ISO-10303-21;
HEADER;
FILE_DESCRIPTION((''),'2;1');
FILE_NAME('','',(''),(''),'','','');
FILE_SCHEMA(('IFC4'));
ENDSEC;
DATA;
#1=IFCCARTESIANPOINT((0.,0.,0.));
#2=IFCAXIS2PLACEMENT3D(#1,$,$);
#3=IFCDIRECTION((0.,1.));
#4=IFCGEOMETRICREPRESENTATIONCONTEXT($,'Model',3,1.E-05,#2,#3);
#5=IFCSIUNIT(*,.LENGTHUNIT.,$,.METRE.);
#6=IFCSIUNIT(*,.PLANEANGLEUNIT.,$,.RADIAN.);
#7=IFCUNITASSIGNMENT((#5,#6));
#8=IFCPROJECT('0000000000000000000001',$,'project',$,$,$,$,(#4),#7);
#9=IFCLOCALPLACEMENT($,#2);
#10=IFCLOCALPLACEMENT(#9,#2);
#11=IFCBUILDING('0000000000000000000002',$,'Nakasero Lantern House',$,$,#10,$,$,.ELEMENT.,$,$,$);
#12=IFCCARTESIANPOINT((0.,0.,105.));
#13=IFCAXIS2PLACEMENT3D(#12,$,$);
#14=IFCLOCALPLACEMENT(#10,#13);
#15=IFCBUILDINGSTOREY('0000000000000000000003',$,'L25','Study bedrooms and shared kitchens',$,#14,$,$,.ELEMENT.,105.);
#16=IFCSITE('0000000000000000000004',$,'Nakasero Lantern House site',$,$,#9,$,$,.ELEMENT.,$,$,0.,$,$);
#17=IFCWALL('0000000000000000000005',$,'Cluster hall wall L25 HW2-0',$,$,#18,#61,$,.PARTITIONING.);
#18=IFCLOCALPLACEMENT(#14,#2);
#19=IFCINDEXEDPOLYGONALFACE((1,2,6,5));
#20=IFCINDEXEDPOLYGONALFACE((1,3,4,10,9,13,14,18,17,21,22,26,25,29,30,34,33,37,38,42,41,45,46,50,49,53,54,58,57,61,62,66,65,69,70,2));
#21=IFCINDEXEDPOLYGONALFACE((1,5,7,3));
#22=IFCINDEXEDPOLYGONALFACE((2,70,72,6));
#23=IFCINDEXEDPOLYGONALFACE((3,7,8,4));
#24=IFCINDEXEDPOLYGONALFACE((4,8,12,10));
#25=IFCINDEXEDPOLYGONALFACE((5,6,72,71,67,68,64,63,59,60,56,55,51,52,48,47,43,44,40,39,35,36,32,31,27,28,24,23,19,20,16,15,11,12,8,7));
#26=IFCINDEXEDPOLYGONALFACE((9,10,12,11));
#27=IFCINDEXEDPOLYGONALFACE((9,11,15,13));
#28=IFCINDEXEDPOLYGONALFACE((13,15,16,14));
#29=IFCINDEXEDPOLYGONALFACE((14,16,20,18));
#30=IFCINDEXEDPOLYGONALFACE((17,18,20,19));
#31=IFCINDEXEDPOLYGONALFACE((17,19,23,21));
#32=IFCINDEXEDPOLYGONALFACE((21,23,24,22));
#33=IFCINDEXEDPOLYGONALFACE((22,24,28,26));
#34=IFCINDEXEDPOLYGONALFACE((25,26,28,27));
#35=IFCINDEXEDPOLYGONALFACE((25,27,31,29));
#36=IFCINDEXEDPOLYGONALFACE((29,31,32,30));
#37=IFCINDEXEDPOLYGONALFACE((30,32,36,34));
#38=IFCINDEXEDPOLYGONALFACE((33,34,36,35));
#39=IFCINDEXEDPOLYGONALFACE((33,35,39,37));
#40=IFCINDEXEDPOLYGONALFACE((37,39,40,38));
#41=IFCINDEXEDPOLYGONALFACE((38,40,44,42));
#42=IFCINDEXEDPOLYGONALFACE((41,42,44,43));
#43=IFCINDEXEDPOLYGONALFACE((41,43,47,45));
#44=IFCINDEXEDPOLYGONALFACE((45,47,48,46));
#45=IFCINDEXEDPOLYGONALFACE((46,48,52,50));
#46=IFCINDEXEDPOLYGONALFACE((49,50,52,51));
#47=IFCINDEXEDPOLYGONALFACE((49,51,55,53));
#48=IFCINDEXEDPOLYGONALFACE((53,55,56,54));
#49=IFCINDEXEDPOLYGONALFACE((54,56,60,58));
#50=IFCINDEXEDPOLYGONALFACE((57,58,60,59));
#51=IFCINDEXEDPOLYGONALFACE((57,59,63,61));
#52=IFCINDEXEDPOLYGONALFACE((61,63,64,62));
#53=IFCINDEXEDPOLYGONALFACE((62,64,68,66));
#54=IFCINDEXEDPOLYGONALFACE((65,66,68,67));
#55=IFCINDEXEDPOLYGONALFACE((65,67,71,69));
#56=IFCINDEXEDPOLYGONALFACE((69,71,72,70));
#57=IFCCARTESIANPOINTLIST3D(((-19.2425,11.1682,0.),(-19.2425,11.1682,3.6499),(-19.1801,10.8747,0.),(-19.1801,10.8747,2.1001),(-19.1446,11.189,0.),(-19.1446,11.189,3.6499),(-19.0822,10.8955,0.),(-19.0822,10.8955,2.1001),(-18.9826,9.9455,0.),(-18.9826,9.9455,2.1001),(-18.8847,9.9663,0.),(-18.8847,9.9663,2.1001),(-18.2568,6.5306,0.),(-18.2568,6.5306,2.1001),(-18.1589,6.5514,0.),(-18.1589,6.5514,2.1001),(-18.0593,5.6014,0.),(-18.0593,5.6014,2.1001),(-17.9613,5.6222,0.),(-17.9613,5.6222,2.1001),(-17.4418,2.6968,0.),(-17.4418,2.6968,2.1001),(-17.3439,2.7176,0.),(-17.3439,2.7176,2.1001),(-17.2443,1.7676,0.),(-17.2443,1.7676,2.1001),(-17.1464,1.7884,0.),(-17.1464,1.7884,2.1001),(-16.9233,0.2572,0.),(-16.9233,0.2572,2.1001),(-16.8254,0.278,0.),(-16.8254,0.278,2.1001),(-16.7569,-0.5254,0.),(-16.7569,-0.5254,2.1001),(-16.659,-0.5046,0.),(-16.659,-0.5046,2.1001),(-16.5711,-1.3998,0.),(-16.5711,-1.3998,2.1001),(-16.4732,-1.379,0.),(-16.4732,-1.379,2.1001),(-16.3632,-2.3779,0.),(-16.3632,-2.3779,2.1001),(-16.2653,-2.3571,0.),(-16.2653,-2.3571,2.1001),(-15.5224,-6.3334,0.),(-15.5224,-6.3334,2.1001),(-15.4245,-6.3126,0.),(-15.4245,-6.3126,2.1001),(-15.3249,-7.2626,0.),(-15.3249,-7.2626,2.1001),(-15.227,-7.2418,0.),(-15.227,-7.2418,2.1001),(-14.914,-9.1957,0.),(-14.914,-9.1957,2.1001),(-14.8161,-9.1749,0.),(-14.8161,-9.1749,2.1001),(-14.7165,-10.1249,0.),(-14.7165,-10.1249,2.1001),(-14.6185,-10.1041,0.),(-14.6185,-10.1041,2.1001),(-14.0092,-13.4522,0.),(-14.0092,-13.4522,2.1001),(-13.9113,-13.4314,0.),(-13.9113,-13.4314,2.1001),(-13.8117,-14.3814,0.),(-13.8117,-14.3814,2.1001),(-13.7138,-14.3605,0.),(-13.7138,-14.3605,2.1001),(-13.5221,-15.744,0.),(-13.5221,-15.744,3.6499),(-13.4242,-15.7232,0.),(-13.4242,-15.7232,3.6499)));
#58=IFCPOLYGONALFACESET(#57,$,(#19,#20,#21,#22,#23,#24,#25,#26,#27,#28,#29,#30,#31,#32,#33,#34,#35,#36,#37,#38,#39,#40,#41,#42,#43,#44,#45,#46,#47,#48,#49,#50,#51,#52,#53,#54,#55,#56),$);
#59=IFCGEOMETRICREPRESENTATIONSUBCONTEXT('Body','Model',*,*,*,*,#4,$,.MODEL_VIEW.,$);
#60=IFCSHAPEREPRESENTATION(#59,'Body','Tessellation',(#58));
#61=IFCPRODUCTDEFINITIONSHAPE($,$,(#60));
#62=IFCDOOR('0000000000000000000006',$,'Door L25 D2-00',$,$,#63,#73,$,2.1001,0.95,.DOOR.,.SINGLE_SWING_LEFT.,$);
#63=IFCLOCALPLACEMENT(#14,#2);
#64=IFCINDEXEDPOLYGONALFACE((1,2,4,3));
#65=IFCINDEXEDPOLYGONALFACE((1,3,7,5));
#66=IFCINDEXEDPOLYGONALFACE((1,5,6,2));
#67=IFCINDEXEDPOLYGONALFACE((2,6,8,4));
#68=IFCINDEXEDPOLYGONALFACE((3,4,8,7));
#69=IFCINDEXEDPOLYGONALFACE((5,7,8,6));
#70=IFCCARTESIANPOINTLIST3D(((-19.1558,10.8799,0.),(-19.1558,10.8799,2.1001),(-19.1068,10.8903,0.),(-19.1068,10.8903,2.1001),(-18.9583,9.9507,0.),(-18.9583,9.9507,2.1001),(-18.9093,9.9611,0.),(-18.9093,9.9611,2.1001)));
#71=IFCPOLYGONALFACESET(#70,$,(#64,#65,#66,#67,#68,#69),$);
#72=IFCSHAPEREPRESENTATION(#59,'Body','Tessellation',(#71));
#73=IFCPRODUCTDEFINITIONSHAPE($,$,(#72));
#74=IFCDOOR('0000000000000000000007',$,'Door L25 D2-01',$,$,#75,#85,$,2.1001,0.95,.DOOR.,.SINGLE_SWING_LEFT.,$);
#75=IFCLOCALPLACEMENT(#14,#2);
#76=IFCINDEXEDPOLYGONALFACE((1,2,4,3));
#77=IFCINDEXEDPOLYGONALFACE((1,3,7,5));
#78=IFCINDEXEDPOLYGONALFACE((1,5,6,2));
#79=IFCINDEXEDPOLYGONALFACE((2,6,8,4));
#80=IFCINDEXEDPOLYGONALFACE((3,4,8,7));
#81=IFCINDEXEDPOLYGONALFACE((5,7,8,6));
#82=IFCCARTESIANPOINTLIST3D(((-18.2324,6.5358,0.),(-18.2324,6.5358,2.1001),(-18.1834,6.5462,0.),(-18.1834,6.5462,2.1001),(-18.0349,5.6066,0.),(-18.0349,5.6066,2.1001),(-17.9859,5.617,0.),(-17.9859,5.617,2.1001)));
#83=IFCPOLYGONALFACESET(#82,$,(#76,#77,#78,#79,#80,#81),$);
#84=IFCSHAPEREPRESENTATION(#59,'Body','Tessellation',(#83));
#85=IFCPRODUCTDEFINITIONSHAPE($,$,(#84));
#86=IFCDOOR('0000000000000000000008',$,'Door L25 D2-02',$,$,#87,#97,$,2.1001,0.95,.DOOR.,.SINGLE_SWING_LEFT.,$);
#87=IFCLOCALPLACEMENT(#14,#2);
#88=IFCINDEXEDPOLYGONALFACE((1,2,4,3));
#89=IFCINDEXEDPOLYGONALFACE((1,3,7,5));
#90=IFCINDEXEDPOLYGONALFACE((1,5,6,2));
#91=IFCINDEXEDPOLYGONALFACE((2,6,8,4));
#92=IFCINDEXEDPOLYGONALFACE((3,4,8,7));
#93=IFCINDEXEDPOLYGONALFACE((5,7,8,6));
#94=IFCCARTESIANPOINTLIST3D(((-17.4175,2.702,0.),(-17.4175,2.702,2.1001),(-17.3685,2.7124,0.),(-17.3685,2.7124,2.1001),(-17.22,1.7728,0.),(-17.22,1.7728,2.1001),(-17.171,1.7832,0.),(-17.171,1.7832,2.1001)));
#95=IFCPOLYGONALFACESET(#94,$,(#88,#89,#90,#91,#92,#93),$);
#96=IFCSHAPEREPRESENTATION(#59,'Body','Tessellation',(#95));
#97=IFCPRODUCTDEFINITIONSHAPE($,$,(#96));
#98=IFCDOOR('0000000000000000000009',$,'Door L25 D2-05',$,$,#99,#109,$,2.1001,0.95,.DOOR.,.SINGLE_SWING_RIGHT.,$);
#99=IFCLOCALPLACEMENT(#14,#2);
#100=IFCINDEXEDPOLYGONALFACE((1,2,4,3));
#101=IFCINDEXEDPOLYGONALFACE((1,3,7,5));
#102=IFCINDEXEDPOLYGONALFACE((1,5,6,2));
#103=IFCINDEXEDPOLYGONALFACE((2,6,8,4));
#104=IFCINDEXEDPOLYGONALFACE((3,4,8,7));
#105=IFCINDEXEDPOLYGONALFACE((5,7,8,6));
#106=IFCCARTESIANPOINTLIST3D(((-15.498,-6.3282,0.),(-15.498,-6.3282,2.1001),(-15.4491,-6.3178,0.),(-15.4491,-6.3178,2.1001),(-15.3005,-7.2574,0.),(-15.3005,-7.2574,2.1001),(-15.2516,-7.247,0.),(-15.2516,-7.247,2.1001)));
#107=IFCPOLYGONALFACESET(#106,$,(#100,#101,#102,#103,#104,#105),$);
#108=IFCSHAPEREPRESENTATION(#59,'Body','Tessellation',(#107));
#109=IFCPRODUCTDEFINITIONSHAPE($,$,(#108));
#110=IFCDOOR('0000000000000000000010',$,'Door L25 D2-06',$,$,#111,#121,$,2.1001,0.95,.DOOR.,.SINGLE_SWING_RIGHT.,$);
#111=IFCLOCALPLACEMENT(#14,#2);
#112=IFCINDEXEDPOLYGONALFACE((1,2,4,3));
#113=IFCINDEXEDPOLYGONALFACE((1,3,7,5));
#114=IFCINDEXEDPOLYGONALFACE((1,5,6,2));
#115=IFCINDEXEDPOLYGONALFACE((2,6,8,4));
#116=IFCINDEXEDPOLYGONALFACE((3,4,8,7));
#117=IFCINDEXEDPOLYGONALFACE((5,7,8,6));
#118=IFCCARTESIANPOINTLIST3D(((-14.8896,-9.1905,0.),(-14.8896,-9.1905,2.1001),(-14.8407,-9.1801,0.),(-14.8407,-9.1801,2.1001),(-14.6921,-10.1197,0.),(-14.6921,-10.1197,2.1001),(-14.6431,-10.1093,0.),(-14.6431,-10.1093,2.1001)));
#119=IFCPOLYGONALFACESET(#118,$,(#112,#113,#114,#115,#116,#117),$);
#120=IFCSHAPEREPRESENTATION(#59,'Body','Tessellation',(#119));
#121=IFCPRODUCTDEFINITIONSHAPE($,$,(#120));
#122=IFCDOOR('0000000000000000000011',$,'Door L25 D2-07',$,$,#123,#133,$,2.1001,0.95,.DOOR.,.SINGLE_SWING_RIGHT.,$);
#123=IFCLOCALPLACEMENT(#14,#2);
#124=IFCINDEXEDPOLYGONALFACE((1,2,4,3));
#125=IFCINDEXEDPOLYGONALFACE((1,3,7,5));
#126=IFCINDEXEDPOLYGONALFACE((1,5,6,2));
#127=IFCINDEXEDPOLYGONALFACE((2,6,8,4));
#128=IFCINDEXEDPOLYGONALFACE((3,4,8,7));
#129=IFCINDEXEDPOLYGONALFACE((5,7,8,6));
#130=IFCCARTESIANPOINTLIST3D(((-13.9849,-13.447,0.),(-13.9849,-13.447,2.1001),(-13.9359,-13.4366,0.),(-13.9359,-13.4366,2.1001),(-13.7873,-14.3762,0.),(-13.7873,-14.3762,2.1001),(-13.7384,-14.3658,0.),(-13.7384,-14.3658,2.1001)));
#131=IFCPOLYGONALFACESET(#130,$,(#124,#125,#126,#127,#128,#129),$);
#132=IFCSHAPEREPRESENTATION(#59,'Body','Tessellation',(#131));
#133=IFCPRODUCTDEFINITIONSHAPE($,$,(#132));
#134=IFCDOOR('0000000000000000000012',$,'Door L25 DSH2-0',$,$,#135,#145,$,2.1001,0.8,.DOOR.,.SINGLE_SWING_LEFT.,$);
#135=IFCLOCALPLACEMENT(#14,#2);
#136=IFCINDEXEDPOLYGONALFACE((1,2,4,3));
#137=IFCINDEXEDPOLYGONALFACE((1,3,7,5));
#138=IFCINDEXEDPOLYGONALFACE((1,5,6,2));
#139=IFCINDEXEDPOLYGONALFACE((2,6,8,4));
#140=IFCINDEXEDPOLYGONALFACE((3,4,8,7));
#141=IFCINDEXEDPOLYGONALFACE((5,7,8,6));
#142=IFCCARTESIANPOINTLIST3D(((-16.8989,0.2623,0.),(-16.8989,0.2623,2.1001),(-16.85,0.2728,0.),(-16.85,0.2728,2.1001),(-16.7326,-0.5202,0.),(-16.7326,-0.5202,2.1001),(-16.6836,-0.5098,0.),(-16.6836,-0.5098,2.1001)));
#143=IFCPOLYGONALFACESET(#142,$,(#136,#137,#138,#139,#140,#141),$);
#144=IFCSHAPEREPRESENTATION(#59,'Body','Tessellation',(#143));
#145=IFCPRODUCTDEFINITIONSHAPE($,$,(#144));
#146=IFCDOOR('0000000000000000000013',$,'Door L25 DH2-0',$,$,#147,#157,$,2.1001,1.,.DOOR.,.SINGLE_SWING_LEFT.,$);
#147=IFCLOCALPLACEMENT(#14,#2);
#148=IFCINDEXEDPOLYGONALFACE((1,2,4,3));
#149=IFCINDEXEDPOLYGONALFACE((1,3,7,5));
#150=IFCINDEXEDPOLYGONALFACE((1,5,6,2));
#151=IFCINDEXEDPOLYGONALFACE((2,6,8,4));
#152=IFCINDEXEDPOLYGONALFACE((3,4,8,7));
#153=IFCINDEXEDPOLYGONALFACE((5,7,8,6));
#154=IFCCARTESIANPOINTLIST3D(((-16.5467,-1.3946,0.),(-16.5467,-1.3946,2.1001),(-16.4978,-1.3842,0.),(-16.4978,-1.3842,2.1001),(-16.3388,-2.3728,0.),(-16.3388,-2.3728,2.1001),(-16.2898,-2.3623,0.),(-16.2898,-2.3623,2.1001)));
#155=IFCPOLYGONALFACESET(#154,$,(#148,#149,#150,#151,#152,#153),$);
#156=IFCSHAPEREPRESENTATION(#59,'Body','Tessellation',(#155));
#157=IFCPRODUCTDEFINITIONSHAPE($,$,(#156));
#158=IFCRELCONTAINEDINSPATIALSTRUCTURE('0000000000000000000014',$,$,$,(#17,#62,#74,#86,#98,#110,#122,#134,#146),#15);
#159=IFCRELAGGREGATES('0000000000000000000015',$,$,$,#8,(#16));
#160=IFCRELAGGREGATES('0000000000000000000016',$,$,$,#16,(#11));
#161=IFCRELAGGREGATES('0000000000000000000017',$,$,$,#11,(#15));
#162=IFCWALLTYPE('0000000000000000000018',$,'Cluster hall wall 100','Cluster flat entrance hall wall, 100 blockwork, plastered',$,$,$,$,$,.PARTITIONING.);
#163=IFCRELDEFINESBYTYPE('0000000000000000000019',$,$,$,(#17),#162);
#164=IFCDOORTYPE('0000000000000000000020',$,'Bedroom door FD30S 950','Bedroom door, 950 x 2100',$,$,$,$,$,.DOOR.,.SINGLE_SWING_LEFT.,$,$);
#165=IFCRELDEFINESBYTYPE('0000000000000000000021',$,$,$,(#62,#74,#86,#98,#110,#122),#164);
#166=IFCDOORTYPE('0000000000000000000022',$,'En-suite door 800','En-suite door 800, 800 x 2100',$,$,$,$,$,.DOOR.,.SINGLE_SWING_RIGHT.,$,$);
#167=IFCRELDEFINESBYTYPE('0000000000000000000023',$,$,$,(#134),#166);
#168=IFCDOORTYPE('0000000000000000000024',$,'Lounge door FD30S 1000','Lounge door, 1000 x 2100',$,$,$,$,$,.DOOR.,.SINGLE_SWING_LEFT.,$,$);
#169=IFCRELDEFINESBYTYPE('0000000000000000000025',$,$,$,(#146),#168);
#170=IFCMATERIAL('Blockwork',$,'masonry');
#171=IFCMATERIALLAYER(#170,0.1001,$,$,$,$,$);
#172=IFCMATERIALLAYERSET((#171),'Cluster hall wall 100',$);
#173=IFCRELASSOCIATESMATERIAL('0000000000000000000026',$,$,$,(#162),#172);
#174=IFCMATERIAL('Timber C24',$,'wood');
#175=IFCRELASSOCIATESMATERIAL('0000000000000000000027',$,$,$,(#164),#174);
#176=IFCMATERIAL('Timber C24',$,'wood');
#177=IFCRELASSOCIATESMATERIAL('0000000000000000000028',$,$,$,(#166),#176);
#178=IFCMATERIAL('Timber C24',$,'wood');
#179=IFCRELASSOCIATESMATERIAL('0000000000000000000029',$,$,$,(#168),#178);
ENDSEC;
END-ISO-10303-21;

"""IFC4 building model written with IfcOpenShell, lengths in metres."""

from ifc_helpers import new_model, si_unit, direction, frame, frame_2d, origin, place, context, subcontext, project, spatial, rectangle, extrude, material, layer, layer_set, type_object, element, fill, save


model = new_model("IFC4")

# Units and contexts
model_context = context("Model", 3, precision=1e-05, world=origin(), true_north=direction((0.0, 1.0)))
body_context = subcontext(model_context, "Body", "Model", "MODEL_VIEW")
ifc_project = project(units=[si_unit("LENGTHUNIT", "METRE"), si_unit("PLANEANGLEUNIT", "RADIAN")], contexts=[model_context])

# Site, building, storey
site_placement = place(None, origin())
site = spatial("IfcSite", under=ifc_project, at=site_placement, Name="Nakasero Lantern House site", CompositionType="ELEMENT", RefElevation=0.0)
building_placement = place(site_placement, origin())
building = spatial("IfcBuilding", under=site, at=building_placement, Name="Nakasero Lantern House", CompositionType="ELEMENT")
storey_placement = place(building_placement, frame((0.0, 0.0, 105.0)))
storey = spatial("IfcBuildingStorey", under=building, at=storey_placement, Name="L25", Description="Study bedrooms and shared kitchens", CompositionType="ELEMENT", Elevation=105.0)

# Wall, openings, doors
ifc_material_1 = material(Name="Blockwork", Category="masonry")
ifc_layer_1 = layer(ifc_material_1, 0.1001)
ifc_layer_set_1 = layer_set([ifc_layer_1], Name="Cluster hall wall 100")
wall_type_1 = type_object("IfcWallType", Name="Cluster hall wall 100", Description="Cluster flat entrance hall wall, 100 blockwork, plastered", PredefinedType="PARTITIONING", material=ifc_layer_set_1)
wall_1_placement = place(storey_placement, frame((-19.1936, 11.1787, 0.0), z_axis=(0.0, 0.0, 1.0), x_axis=(0.207916, -0.978147, 0.0)))
wall_1 = element("IfcWall", 1, at=wall_1_placement, inside=storey, type_object=wall_type_1, Name="Cluster hall wall L25 HW2-0", PredefinedType="PARTITIONING", context=body_context, shape_type="SweptSolid", body=[
    extrude(rectangle(XDim=27.5134, YDim=0.1001, at=frame_2d((13.7568, 0.0))), origin(), (0.0, 0.0, 1.0), 3.6499),
])
opening_1_placement = place(wall_1_placement, frame((12.8489, 0.0, 0.0)))
opening_1 = element("IfcOpeningElement", 2, at=opening_1_placement, cuts=wall_1, PredefinedType="OPENING", context=body_context, shape_type="SweptSolid", body=[
    extrude(rectangle(XDim=1.0, YDim=2.1001, at=frame_2d((0.5, 1.05))), frame((0.0, 0.0701, 0.0), z_axis=(0.0, -1.0, 0.0), x_axis=(1.0, 0.0, 0.0)), (0.0, 0.0, 1.0), 0.1401),
])
opening_2_placement = place(wall_1_placement, frame((11.155, 0.0, 0.0)))
opening_2 = element("IfcOpeningElement", 3, at=opening_2_placement, cuts=wall_1, PredefinedType="OPENING", context=body_context, shape_type="SweptSolid", body=[
    extrude(rectangle(XDim=0.8, YDim=2.1001, at=frame_2d((0.3999, 1.05))), frame((0.0, 0.0701, 0.0), z_axis=(0.0, -1.0, 0.0), x_axis=(1.0, 0.0, 0.0)), (0.0, 0.0, 1.0), 0.1401),
])
opening_3_placement = place(wall_1_placement, frame((0.3, 0.0, 0.0)))
opening_3 = element("IfcOpeningElement", 4, at=opening_3_placement, cuts=wall_1, PredefinedType="OPENING", context=body_context, shape_type="SweptSolid", body=[
    extrude(rectangle(XDim=0.95, YDim=2.1001, at=frame_2d((0.4751, 1.05))), frame((0.0, 0.0701, 0.0), z_axis=(0.0, -1.0, 0.0), x_axis=(1.0, 0.0, 0.0)), (0.0, 0.0, 1.0), 0.1401),
])
opening_4_placement = place(wall_1_placement, frame((4.7412, 0.0, 0.0)))
opening_4 = element("IfcOpeningElement", 5, at=opening_4_placement, cuts=wall_1, PredefinedType="OPENING", context=body_context, shape_type="SweptSolid", body=[
    extrude(rectangle(XDim=0.95, YDim=2.1001, at=frame_2d((0.4751, 1.05))), frame((0.0, 0.0701, 0.0), z_axis=(0.0, -1.0, 0.0), x_axis=(1.0, 0.0, 0.0)), (0.0, 0.0, 1.0), 0.1401),
])
opening_5_placement = place(wall_1_placement, frame((8.6606, 0.0, 0.0)))
opening_5 = element("IfcOpeningElement", 6, at=opening_5_placement, cuts=wall_1, PredefinedType="OPENING", context=body_context, shape_type="SweptSolid", body=[
    extrude(rectangle(XDim=0.95, YDim=2.1001, at=frame_2d((0.4751, 1.05))), frame((0.0, 0.0701, 0.0), z_axis=(0.0, -1.0, 0.0), x_axis=(1.0, 0.0, 0.0)), (0.0, 0.0, 1.0), 0.1401),
])
opening_6_placement = place(wall_1_placement, frame((17.8926, 0.0, 0.0)))
opening_6 = element("IfcOpeningElement", 7, at=opening_6_placement, cuts=wall_1, PredefinedType="OPENING", context=body_context, shape_type="SweptSolid", body=[
    extrude(rectangle(XDim=0.95, YDim=2.1001, at=frame_2d((0.4751, 1.05))), frame((0.0, 0.0701, 0.0), z_axis=(0.0, -1.0, 0.0), x_axis=(1.0, 0.0, 0.0)), (0.0, 0.0, 1.0), 0.1401),
])
opening_7_placement = place(wall_1_placement, frame((20.8188, 0.0, 0.0)))
opening_7 = element("IfcOpeningElement", 8, at=opening_7_placement, cuts=wall_1, PredefinedType="OPENING", context=body_context, shape_type="SweptSolid", body=[
    extrude(rectangle(XDim=0.95, YDim=2.1001, at=frame_2d((0.4751, 1.05))), frame((0.0, 0.0701, 0.0), z_axis=(0.0, -1.0, 0.0), x_axis=(1.0, 0.0, 0.0)), (0.0, 0.0, 1.0), 0.1401),
])
opening_8_placement = place(wall_1_placement, frame((25.1704, 0.0, 0.0)))
opening_8 = element("IfcOpeningElement", 9, at=opening_8_placement, cuts=wall_1, PredefinedType="OPENING", context=body_context, shape_type="SweptSolid", body=[
    extrude(rectangle(XDim=0.95, YDim=2.1001, at=frame_2d((0.4751, 1.05))), frame((0.0, 0.0701, 0.0), z_axis=(0.0, -1.0, 0.0), x_axis=(1.0, 0.0, 0.0)), (0.0, 0.0, 1.0), 0.1401),
])
ifc_material_2 = material(Name="Timber C24", Category="wood")
door_type_1 = type_object("IfcDoorType", Name="Bedroom door FD30S 950", Description="Bedroom door, 950 x 2100", OperationType="SINGLE_SWING_LEFT", PredefinedType="DOOR", material=ifc_material_2)
door_1_placement = place(opening_3_placement, origin())
door_1 = element("IfcDoor", 10, at=door_1_placement, inside=storey, type_object=door_type_1, Name="Door L25 D2-00", OperationType="SINGLE_SWING_LEFT", OverallHeight=2.1001, OverallWidth=0.95, PredefinedType="DOOR", context=body_context, shape_type="SweptSolid", body=[
    extrude(rectangle(XDim=0.95, YDim=2.1001, at=frame_2d((0.4751, 1.05))), frame((0.0, 0.0249, 0.0), z_axis=(0.0, -1.0, 0.0), x_axis=(1.0, 0.0, 0.0)), (0.0, 0.0, 1.0), 0.05),
])
fill(opening_3, door_1)
door_2_placement = place(opening_4_placement, origin())
door_2 = element("IfcDoor", 11, at=door_2_placement, inside=storey, type_object=door_type_1, Name="Door L25 D2-01", OperationType="SINGLE_SWING_LEFT", OverallHeight=2.1001, OverallWidth=0.95, PredefinedType="DOOR", context=body_context, shape_type="SweptSolid", body=[
    extrude(rectangle(XDim=0.95, YDim=2.1001, at=frame_2d((0.4751, 1.05))), frame((0.0, 0.0249, 0.0), z_axis=(0.0, -1.0, 0.0), x_axis=(1.0, 0.0, 0.0)), (0.0, 0.0, 1.0), 0.05),
])
fill(opening_4, door_2)
door_3_placement = place(opening_5_placement, origin())
door_3 = element("IfcDoor", 12, at=door_3_placement, inside=storey, type_object=door_type_1, Name="Door L25 D2-02", OperationType="SINGLE_SWING_LEFT", OverallHeight=2.1001, OverallWidth=0.95, PredefinedType="DOOR", context=body_context, shape_type="SweptSolid", body=[
    extrude(rectangle(XDim=0.95, YDim=2.1001, at=frame_2d((0.4751, 1.05))), frame((0.0, 0.0249, 0.0), z_axis=(0.0, -1.0, 0.0), x_axis=(1.0, 0.0, 0.0)), (0.0, 0.0, 1.0), 0.05),
])
fill(opening_5, door_3)
door_4_placement = place(opening_6_placement, origin())
door_4 = element("IfcDoor", 13, at=door_4_placement, inside=storey, type_object=door_type_1, Name="Door L25 D2-05", OperationType="SINGLE_SWING_RIGHT", OverallHeight=2.1001, OverallWidth=0.95, PredefinedType="DOOR", context=body_context, shape_type="SweptSolid", body=[
    extrude(rectangle(XDim=0.95, YDim=2.1001, at=frame_2d((0.4751, 1.05))), frame((0.0, 0.0249, 0.0), z_axis=(0.0, -1.0, 0.0), x_axis=(1.0, 0.0, 0.0)), (0.0, 0.0, 1.0), 0.05),
])
fill(opening_6, door_4)
door_5_placement = place(opening_7_placement, origin())
door_5 = element("IfcDoor", 14, at=door_5_placement, inside=storey, type_object=door_type_1, Name="Door L25 D2-06", OperationType="SINGLE_SWING_RIGHT", OverallHeight=2.1001, OverallWidth=0.95, PredefinedType="DOOR", context=body_context, shape_type="SweptSolid", body=[
    extrude(rectangle(XDim=0.95, YDim=2.1001, at=frame_2d((0.4751, 1.05))), frame((0.0, 0.0249, 0.0), z_axis=(0.0, -1.0, 0.0), x_axis=(1.0, 0.0, 0.0)), (0.0, 0.0, 1.0), 0.05),
])
fill(opening_7, door_5)
door_6_placement = place(opening_8_placement, origin())
door_6 = element("IfcDoor", 15, at=door_6_placement, inside=storey, type_object=door_type_1, Name="Door L25 D2-07", OperationType="SINGLE_SWING_RIGHT", OverallHeight=2.1001, OverallWidth=0.95, PredefinedType="DOOR", context=body_context, shape_type="SweptSolid", body=[
    extrude(rectangle(XDim=0.95, YDim=2.1001, at=frame_2d((0.4751, 1.05))), frame((0.0, 0.0249, 0.0), z_axis=(0.0, -1.0, 0.0), x_axis=(1.0, 0.0, 0.0)), (0.0, 0.0, 1.0), 0.05),
])
fill(opening_8, door_6)
ifc_material_3 = material(Name="Timber C24", Category="wood")
door_type_2 = type_object("IfcDoorType", Name="En-suite door 800", Description="En-suite door 800, 800 x 2100", OperationType="SINGLE_SWING_RIGHT", PredefinedType="DOOR", material=ifc_material_3)
door_7_placement = place(opening_2_placement, origin())
door_7 = element("IfcDoor", 16, at=door_7_placement, inside=storey, type_object=door_type_2, Name="Door L25 DSH2-0", OperationType="SINGLE_SWING_LEFT", OverallHeight=2.1001, OverallWidth=0.8, PredefinedType="DOOR", context=body_context, shape_type="SweptSolid", body=[
    extrude(rectangle(XDim=0.8, YDim=2.1001, at=frame_2d((0.3999, 1.05))), frame((0.0, 0.0249, 0.0), z_axis=(0.0, -1.0, 0.0), x_axis=(1.0, 0.0, 0.0)), (0.0, 0.0, 1.0), 0.05),
])
fill(opening_2, door_7)
ifc_material_4 = material(Name="Timber C24", Category="wood")
door_type_3 = type_object("IfcDoorType", Name="Lounge door FD30S 1000", Description="Lounge door, 1000 x 2100", OperationType="SINGLE_SWING_LEFT", PredefinedType="DOOR", material=ifc_material_4)
door_8_placement = place(opening_1_placement, origin())
door_8 = element("IfcDoor", 17, at=door_8_placement, inside=storey, type_object=door_type_3, Name="Door L25 DH2-0", OperationType="SINGLE_SWING_LEFT", OverallHeight=2.1001, OverallWidth=1.0, PredefinedType="DOOR", context=body_context, shape_type="SweptSolid", body=[
    extrude(rectangle(XDim=1.0, YDim=2.1001, at=frame_2d((0.5, 1.05))), frame((0.0, 0.0249, 0.0), z_axis=(0.0, -1.0, 0.0), x_axis=(1.0, 0.0, 0.0)), (0.0, 0.0, 1.0), 0.05),
])
fill(opening_1, door_8)

save(model, "model.ifc")
